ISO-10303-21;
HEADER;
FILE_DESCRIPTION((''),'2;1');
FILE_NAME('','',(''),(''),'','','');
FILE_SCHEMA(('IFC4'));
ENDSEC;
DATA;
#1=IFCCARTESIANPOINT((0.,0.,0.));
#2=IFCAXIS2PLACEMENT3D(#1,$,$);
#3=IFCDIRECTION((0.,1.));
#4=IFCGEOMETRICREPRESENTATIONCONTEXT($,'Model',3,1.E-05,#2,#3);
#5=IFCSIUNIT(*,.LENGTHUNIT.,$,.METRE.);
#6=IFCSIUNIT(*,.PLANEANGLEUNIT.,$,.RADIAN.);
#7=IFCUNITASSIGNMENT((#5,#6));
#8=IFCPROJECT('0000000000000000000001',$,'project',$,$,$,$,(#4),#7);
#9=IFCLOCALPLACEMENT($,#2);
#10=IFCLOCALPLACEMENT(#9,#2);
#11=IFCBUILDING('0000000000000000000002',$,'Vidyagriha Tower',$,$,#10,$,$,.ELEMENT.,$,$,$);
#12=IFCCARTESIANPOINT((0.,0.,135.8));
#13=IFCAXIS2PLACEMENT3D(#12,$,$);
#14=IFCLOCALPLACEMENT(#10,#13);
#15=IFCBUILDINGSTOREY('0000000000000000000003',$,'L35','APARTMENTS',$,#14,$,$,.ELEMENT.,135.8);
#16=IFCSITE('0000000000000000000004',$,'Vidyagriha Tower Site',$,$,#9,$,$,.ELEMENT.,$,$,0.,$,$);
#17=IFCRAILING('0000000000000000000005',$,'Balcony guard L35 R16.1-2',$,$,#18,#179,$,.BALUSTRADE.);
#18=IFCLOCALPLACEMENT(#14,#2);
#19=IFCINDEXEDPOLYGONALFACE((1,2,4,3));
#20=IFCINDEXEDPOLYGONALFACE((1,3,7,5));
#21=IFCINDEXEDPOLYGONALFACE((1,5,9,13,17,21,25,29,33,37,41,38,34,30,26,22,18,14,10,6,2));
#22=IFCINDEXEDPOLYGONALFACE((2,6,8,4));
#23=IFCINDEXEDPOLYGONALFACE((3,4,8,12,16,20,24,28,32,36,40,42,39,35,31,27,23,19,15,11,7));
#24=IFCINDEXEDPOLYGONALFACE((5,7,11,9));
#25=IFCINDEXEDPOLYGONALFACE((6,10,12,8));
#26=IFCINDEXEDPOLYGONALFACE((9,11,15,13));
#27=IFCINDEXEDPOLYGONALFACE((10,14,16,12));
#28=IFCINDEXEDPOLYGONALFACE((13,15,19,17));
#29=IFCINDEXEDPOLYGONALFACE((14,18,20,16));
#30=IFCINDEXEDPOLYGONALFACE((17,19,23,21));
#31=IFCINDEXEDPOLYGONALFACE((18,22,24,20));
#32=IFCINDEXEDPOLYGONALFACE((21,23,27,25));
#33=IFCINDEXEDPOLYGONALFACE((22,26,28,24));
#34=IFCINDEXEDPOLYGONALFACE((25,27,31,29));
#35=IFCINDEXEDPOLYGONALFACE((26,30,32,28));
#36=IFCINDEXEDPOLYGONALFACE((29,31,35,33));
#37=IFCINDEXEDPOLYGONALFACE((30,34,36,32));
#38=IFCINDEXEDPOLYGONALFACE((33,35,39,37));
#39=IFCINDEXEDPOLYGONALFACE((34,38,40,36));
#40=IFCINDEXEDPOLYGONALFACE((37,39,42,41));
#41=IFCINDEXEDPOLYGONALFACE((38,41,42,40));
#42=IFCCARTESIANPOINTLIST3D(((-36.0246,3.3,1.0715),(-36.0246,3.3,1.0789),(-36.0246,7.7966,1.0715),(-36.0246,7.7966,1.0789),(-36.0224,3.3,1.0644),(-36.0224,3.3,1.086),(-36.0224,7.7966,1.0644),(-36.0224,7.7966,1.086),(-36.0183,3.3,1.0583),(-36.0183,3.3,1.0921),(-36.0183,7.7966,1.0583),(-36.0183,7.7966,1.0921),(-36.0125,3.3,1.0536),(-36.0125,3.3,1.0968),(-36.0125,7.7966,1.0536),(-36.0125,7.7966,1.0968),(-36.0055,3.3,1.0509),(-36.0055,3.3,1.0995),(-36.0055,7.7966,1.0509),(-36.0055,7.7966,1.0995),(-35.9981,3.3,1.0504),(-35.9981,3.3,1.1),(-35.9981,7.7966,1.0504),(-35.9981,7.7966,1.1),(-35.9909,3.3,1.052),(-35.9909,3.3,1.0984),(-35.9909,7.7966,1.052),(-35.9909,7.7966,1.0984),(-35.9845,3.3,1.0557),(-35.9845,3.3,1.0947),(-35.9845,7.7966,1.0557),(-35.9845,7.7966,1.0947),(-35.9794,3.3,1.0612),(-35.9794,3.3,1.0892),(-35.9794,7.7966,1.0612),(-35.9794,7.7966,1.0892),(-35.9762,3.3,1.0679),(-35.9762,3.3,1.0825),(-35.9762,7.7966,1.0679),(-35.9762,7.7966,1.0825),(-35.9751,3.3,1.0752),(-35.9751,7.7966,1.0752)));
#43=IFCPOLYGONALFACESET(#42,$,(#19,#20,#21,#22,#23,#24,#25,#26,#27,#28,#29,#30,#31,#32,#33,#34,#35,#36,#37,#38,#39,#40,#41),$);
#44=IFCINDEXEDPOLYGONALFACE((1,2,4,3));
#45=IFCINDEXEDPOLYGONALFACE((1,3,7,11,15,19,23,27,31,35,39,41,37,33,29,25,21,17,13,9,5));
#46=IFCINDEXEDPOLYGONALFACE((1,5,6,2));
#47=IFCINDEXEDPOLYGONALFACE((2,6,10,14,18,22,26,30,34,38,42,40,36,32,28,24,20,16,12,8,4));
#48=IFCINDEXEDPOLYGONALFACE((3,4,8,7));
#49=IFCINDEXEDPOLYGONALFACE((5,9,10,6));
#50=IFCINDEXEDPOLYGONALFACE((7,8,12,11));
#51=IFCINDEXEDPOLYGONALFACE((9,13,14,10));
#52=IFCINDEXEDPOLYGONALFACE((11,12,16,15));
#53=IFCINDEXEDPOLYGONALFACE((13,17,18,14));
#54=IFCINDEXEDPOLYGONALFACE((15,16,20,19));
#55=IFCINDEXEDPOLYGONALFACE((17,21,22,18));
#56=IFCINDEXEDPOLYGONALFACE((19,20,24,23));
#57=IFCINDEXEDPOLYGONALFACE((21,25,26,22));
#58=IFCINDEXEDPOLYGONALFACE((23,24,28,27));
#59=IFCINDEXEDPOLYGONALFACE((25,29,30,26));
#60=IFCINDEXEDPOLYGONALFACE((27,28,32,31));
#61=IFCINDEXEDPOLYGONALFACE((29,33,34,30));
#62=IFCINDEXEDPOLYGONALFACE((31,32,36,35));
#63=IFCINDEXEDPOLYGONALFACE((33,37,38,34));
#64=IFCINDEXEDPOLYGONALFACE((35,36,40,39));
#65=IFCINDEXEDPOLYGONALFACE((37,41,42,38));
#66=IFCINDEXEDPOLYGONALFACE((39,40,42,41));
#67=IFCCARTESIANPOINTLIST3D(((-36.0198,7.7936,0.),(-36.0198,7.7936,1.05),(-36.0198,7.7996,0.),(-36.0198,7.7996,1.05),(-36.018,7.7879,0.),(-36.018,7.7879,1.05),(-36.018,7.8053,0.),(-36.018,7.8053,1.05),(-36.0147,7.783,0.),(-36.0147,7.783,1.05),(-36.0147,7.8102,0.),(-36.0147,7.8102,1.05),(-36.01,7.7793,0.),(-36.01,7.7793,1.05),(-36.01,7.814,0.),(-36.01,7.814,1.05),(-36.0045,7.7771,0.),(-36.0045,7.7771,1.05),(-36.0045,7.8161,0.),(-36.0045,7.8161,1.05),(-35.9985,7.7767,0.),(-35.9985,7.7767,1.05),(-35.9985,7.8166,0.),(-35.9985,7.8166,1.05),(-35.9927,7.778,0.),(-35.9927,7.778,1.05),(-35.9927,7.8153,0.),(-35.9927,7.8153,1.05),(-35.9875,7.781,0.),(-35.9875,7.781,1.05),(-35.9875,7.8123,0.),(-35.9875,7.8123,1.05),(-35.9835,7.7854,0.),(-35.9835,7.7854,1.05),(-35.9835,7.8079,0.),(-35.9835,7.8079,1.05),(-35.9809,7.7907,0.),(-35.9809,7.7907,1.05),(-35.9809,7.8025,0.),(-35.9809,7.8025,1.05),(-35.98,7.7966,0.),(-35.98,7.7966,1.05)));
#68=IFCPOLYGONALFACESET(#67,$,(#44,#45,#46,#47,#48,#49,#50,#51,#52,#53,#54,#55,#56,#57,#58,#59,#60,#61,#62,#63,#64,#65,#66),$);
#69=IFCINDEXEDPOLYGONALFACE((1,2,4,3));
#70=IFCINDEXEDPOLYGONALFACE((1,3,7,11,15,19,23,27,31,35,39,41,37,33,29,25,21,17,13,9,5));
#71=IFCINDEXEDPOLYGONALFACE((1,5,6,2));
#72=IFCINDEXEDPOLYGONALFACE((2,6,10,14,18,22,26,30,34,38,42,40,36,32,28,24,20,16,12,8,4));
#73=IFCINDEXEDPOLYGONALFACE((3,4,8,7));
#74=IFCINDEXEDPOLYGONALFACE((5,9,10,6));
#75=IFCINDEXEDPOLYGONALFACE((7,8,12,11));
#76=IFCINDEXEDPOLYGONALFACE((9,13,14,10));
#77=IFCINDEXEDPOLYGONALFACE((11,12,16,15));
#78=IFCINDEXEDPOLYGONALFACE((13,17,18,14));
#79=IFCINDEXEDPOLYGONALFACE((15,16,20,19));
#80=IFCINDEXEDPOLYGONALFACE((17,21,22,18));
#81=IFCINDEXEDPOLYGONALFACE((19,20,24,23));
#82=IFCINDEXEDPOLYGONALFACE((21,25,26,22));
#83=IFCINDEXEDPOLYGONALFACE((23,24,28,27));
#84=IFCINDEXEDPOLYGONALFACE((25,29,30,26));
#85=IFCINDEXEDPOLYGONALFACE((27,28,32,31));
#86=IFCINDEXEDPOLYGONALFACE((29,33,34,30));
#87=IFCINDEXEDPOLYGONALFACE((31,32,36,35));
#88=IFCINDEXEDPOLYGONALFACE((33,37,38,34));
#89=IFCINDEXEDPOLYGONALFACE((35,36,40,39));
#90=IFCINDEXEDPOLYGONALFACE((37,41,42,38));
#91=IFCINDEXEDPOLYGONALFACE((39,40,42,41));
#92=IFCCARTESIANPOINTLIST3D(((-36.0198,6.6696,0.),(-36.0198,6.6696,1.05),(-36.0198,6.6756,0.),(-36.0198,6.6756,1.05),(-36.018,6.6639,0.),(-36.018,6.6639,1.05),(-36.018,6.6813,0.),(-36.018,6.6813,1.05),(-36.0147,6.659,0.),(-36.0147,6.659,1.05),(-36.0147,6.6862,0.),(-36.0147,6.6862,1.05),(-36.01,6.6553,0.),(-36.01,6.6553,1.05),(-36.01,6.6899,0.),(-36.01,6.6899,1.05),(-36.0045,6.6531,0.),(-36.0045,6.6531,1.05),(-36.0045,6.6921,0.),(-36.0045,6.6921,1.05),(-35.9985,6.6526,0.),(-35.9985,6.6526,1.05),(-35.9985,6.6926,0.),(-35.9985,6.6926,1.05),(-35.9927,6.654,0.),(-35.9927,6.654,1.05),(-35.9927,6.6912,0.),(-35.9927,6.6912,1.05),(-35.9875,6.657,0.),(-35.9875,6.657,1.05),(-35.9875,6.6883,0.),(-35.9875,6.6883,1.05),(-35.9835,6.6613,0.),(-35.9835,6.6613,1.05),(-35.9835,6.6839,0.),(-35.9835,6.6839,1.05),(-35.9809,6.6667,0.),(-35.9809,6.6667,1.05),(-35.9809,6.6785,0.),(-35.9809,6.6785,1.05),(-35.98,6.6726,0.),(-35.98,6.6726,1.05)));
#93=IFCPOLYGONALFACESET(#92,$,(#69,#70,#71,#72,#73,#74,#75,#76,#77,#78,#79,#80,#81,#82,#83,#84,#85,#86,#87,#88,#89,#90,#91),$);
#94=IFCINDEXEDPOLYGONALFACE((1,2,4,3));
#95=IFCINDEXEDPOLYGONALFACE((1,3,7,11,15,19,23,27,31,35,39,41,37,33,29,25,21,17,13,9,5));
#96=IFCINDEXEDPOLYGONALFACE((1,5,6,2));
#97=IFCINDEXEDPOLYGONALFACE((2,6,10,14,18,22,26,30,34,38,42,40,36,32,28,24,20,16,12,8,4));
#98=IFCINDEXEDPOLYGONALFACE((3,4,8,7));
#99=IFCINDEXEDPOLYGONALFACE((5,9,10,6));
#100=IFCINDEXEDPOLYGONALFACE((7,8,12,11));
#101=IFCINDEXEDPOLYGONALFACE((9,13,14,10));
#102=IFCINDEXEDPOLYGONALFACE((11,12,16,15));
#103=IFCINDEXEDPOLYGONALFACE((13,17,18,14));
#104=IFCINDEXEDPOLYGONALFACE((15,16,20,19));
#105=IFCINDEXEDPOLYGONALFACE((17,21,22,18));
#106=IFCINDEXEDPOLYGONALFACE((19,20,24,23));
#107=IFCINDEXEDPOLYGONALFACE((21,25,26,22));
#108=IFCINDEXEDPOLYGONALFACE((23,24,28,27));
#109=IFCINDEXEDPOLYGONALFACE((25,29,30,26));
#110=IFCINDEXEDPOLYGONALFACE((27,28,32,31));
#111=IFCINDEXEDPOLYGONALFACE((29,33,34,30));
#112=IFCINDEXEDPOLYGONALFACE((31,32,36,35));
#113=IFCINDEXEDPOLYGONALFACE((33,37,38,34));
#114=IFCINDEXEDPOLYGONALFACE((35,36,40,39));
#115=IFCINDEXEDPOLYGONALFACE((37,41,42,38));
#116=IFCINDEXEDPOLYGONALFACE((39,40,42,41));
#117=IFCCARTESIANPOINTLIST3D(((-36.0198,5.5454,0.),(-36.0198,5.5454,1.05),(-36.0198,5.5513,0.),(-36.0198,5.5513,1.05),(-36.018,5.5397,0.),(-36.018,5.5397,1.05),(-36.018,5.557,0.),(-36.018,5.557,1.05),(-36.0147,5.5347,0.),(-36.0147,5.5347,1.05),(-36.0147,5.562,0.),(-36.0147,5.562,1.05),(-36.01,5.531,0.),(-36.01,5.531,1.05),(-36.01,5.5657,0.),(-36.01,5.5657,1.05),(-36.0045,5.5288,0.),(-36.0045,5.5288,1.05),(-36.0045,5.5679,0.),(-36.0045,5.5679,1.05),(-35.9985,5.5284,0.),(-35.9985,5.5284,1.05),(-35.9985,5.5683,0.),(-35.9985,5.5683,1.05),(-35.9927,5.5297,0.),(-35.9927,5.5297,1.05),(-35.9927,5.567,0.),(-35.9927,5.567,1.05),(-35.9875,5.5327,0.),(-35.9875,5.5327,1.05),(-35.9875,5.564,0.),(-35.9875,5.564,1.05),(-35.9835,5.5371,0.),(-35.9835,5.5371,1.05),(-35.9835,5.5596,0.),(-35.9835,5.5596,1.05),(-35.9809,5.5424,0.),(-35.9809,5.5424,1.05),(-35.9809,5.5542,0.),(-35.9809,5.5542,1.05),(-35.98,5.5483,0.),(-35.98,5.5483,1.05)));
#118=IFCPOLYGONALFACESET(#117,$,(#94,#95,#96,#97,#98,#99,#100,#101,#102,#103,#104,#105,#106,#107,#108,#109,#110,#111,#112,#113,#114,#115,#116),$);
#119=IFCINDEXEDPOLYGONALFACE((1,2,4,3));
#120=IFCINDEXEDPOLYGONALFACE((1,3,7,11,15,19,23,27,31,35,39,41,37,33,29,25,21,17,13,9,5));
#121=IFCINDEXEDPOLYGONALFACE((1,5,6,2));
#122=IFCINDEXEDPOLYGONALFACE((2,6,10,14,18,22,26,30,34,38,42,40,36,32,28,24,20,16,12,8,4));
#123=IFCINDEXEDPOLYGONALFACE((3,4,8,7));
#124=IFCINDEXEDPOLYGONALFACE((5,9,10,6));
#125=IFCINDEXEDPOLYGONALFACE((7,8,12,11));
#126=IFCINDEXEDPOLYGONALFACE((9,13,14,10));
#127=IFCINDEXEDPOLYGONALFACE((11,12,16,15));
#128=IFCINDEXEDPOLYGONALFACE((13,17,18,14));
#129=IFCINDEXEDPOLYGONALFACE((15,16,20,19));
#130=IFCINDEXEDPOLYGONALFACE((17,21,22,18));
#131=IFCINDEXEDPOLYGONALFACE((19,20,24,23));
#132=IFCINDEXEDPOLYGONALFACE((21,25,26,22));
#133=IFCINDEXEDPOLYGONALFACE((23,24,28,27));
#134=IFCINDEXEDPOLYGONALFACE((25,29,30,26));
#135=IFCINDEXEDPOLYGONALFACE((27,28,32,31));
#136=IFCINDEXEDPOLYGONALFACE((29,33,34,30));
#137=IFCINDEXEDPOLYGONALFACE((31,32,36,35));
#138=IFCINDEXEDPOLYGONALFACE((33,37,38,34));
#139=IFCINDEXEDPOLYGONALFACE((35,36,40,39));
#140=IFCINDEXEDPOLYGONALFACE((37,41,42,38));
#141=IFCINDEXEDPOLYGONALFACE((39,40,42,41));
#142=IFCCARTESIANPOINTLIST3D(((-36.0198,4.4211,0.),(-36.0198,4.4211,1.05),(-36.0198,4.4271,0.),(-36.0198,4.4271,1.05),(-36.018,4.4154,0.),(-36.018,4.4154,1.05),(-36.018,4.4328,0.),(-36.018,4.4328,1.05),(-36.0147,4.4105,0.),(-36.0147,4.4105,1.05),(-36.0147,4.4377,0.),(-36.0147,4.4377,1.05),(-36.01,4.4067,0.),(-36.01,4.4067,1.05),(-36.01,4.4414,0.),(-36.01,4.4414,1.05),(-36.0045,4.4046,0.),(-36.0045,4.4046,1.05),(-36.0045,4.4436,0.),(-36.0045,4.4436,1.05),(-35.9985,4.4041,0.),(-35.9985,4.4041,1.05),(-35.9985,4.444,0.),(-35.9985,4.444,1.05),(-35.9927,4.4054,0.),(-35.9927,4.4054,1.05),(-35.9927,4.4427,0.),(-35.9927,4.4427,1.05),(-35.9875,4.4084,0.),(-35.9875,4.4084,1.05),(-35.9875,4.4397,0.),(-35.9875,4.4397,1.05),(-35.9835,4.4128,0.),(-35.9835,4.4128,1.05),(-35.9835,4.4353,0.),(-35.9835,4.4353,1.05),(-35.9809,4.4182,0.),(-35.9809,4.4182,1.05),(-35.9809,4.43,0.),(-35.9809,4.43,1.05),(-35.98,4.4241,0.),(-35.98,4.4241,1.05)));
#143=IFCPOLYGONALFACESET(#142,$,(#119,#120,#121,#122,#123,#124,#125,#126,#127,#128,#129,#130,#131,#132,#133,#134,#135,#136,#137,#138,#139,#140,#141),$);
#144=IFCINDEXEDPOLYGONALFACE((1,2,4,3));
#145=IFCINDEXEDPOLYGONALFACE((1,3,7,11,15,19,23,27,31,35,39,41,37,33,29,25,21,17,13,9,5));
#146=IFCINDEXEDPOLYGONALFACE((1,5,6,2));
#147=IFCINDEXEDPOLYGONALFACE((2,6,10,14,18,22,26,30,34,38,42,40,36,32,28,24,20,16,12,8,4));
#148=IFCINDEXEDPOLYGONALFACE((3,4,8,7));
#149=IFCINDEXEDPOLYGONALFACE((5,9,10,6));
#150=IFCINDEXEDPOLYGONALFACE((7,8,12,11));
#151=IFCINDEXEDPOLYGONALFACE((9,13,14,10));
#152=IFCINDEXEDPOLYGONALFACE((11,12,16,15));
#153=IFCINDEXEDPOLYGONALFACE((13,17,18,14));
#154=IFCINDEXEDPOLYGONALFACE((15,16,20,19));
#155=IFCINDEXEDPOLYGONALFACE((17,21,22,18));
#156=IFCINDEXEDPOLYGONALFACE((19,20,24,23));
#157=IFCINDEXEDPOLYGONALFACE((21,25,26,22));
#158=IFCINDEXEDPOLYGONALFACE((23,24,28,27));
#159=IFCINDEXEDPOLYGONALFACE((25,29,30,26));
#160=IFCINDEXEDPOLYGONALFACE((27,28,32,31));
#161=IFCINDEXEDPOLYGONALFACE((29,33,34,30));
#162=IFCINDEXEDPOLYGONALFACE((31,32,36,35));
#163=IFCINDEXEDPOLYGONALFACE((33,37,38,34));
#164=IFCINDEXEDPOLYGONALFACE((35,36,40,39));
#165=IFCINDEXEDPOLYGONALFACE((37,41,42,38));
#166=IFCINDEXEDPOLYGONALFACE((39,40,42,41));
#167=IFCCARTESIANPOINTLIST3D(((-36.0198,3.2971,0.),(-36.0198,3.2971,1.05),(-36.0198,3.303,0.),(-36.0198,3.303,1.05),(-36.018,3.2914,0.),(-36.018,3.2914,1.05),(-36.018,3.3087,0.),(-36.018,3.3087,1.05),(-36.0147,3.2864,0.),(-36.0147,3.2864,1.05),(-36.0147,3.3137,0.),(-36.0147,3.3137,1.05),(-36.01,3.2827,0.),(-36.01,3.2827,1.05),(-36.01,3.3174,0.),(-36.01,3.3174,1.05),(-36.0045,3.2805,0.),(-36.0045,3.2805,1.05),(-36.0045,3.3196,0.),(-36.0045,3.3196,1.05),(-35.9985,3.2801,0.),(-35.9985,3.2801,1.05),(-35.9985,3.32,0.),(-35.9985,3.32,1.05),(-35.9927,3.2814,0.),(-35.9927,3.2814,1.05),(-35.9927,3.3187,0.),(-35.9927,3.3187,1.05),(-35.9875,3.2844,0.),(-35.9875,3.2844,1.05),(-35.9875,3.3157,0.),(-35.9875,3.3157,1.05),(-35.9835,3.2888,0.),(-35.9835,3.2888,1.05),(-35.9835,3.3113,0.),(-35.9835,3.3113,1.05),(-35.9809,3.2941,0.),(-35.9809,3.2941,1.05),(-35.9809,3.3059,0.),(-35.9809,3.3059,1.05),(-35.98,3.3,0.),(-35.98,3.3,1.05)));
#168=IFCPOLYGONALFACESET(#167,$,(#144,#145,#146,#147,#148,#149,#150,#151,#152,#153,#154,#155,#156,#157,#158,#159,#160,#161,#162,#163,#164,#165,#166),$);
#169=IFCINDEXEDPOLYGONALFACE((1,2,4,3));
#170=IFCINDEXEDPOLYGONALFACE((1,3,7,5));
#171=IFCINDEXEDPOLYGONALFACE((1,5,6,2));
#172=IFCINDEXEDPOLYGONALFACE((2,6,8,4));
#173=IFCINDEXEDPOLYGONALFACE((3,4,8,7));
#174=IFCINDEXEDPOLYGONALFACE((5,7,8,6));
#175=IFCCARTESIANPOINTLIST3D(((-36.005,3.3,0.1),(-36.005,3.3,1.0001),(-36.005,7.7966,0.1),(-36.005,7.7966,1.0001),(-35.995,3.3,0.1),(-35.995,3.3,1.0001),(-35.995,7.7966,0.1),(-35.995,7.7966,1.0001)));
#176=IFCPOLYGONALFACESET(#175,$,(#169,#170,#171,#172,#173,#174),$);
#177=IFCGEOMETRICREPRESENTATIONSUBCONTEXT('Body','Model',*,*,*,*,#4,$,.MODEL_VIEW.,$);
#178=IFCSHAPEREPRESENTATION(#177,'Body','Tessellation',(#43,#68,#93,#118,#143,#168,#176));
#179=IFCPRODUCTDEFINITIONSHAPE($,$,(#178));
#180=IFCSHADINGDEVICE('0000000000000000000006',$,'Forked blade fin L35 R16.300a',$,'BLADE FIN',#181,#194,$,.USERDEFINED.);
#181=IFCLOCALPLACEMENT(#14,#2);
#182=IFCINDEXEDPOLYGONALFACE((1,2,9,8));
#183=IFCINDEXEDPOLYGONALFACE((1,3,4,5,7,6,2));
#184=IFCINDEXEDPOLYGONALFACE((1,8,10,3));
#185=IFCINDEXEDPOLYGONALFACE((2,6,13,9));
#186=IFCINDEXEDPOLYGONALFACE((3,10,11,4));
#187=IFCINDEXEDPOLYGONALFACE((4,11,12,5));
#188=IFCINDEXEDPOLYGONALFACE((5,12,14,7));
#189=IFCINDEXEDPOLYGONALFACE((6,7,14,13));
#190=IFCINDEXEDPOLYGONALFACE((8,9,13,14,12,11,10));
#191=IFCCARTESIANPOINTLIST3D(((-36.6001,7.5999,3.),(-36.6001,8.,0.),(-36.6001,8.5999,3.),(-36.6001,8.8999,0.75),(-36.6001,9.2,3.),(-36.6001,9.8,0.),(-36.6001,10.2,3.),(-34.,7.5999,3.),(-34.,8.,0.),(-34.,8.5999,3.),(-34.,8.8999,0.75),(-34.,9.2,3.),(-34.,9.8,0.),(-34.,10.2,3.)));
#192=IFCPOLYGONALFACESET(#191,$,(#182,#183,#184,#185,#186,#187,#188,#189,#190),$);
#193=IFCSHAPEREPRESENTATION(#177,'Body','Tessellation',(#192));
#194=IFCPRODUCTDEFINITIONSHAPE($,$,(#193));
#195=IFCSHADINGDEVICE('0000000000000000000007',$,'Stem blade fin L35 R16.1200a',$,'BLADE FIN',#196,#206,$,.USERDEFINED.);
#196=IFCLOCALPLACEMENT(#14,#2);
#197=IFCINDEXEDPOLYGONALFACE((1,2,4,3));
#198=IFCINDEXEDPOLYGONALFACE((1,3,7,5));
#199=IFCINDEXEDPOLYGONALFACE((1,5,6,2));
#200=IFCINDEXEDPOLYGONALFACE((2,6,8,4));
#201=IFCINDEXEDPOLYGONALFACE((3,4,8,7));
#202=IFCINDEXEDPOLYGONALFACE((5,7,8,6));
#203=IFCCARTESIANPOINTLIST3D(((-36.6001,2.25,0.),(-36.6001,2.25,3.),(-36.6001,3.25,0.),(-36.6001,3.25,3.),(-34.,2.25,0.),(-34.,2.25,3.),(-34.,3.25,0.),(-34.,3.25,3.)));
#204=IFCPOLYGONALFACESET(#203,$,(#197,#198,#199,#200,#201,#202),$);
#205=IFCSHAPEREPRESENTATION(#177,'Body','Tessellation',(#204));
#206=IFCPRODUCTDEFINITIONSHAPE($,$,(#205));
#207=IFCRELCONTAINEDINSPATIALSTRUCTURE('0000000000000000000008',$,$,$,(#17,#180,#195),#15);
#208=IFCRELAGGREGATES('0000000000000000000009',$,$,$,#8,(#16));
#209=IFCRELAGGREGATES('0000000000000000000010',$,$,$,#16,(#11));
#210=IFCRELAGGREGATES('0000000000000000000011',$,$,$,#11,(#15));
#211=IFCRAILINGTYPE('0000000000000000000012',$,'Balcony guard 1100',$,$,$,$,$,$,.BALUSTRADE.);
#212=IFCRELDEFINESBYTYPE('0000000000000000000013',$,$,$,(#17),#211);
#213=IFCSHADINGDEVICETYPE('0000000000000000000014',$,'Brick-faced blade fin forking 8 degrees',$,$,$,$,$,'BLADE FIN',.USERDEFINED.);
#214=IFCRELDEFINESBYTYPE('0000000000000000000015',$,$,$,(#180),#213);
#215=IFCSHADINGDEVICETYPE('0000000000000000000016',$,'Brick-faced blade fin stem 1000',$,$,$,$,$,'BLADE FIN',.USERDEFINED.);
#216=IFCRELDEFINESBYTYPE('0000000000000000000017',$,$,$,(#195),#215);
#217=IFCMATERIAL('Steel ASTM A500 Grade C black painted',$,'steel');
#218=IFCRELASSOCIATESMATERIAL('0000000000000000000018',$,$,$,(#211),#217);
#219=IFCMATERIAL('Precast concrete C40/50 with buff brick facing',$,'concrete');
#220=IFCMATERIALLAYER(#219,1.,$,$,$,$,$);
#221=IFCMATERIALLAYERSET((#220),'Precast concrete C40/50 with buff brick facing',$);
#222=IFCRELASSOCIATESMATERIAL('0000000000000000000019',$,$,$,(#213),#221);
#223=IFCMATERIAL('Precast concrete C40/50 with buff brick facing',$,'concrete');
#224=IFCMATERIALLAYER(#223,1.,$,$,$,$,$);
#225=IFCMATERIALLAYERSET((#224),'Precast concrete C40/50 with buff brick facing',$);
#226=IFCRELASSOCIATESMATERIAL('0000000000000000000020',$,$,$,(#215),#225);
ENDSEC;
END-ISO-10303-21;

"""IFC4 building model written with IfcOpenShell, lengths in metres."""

from ifc_helpers import new_model, si_unit, direction, frame, origin, origin_2d, place, context, subcontext, project, spatial, polyline, rectangle, circle, outline, extrude, material, layer, layer_set, type_object, element, save


model = new_model("IFC4")

# Units and contexts
model_context = context("Model", 3, precision=1e-05, world=origin(), true_north=direction((0.0, 1.0)))
body_context = subcontext(model_context, "Body", "Model", "MODEL_VIEW")
ifc_project = project(units=[si_unit("LENGTHUNIT", "METRE"), si_unit("PLANEANGLEUNIT", "RADIAN")], contexts=[model_context])

# Site, building, storey
site_placement = place(None, origin())
site = spatial("IfcSite", under=ifc_project, at=site_placement, Name="Vidyagriha Tower Site", CompositionType="ELEMENT", RefElevation=0.0)
building_placement = place(site_placement, origin())
building = spatial("IfcBuilding", under=site, at=building_placement, Name="Vidyagriha Tower", CompositionType="ELEMENT")
storey_placement = place(building_placement, frame((0.0, 0.0, 135.8)))
storey = spatial("IfcBuildingStorey", under=building, at=storey_placement, Name="L35", Description="APARTMENTS", CompositionType="ELEMENT", Elevation=135.8)

# Railing
ifc_material_1 = material(Name="Steel ASTM A500 Grade C black painted", Category="steel")
railing_type = type_object("IfcRailingType", Name="Balcony guard 1100", PredefinedType="BALUSTRADE", material=ifc_material_1)
railing_1_placement = place(storey_placement, frame((-36.0, 7.7966, 0.0)))
element("IfcRailing", 1, at=railing_1_placement, inside=storey, type_object=railing_type, Name="Balcony guard L35 R16.1-2", PredefinedType="BALUSTRADE", context=body_context, shape_type="SweptSolid", body=[
    extrude(circle(Radius=0.0249, at=origin_2d()), frame((0.0, 0.0, 1.0752), z_axis=(0.0, -1.0, 0.0), x_axis=(1.0, 0.0, 0.0)), (0.0, 0.0, 1.0), 4.4966),
    extrude(circle(Radius=0.02, at=origin_2d()), origin(), (0.0, 0.0, 1.0), 1.05),
    extrude(circle(Radius=0.02, at=origin_2d()), frame((0.0, -1.124, 0.0)), (0.0, 0.0, 1.0), 1.05),
    extrude(circle(Radius=0.02, at=origin_2d()), frame((0.0, -2.2483, 0.0)), (0.0, 0.0, 1.0), 1.05),
    extrude(circle(Radius=0.02, at=origin_2d()), frame((0.0, -3.3726, 0.0)), (0.0, 0.0, 1.0), 1.05),
    extrude(circle(Radius=0.02, at=origin_2d()), frame((0.0, -4.4966, 0.0)), (0.0, 0.0, 1.0), 1.05),
    extrude(rectangle(XDim=0.01, YDim=0.9001, at=origin_2d()), frame((0.0, 0.0, 0.55), z_axis=(0.0, -1.0, 0.0), x_axis=(1.0, 0.0, 0.0)), (0.0, 0.0, 1.0), 4.4966),
])

# Shading devices
ifc_material_2 = material(Name="Precast concrete C40/50 with buff brick facing", Category="concrete")
ifc_layer_1 = layer(ifc_material_2, 1.0)
ifc_layer_set_1 = layer_set([ifc_layer_1], Name="Precast concrete C40/50 with buff brick facing")
shading_device_type_1 = type_object("IfcShadingDeviceType", Name="Brick-faced blade fin forking 8 degrees", ElementType="BLADE FIN", PredefinedType="USERDEFINED", material=ifc_layer_set_1)
shading_device_1_placement = place(storey_placement, frame((-35.3, 10.2, 0.0), z_axis=(0.0, 0.0, 1.0), x_axis=(0.0, -1.0, 0.0)))
element("IfcShadingDevice", 2, at=shading_device_1_placement, inside=storey, type_object=shading_device_type_1, Name="Forked blade fin L35 R16.300a", ObjectType="BLADE FIN", PredefinedType="USERDEFINED", context=body_context, shape_type="SweptSolid", body=[
    extrude(outline(polyline([(0.3999, 0.0), (2.2, 0.0), (2.6001, 3.0), (1.6001, 3.0), (1.3, 0.75), (1.0, 3.0), (0.0, 3.0), (0.3999, 0.0)])), frame((0.0, 1.3, 0.0), z_axis=(0.0, -1.0, 0.0), x_axis=(1.0, 0.0, 0.0)), (0.0, 0.0, 1.0), 2.6001),
])
ifc_material_3 = material(Name="Precast concrete C40/50 with buff brick facing", Category="concrete")
ifc_layer_2 = layer(ifc_material_3, 1.0)
ifc_layer_set_2 = layer_set([ifc_layer_2], Name="Precast concrete C40/50 with buff brick facing")
shading_device_type_2 = type_object("IfcShadingDeviceType", Name="Brick-faced blade fin stem 1000", ElementType="BLADE FIN", PredefinedType="USERDEFINED", material=ifc_layer_set_2)
shading_device_2_placement = place(storey_placement, frame((-35.3, 3.25, 0.0), z_axis=(0.0, 0.0, 1.0), x_axis=(0.0, -1.0, 0.0)))
element("IfcShadingDevice", 3, at=shading_device_2_placement, inside=storey, type_object=shading_device_type_2, Name="Stem blade fin L35 R16.1200a", ObjectType="BLADE FIN", PredefinedType="USERDEFINED", context=body_context, shape_type="SweptSolid", body=[
    extrude(outline(polyline([(0.0, 0.0), (1.0, 0.0), (1.0, 3.0), (0.0, 3.0), (0.0, 0.0)])), frame((0.0, 1.3, 0.0), z_axis=(0.0, -1.0, 0.0), x_axis=(1.0, 0.0, 0.0)), (0.0, 0.0, 1.0), 2.6001),
])

save(model, "model.ifc")
